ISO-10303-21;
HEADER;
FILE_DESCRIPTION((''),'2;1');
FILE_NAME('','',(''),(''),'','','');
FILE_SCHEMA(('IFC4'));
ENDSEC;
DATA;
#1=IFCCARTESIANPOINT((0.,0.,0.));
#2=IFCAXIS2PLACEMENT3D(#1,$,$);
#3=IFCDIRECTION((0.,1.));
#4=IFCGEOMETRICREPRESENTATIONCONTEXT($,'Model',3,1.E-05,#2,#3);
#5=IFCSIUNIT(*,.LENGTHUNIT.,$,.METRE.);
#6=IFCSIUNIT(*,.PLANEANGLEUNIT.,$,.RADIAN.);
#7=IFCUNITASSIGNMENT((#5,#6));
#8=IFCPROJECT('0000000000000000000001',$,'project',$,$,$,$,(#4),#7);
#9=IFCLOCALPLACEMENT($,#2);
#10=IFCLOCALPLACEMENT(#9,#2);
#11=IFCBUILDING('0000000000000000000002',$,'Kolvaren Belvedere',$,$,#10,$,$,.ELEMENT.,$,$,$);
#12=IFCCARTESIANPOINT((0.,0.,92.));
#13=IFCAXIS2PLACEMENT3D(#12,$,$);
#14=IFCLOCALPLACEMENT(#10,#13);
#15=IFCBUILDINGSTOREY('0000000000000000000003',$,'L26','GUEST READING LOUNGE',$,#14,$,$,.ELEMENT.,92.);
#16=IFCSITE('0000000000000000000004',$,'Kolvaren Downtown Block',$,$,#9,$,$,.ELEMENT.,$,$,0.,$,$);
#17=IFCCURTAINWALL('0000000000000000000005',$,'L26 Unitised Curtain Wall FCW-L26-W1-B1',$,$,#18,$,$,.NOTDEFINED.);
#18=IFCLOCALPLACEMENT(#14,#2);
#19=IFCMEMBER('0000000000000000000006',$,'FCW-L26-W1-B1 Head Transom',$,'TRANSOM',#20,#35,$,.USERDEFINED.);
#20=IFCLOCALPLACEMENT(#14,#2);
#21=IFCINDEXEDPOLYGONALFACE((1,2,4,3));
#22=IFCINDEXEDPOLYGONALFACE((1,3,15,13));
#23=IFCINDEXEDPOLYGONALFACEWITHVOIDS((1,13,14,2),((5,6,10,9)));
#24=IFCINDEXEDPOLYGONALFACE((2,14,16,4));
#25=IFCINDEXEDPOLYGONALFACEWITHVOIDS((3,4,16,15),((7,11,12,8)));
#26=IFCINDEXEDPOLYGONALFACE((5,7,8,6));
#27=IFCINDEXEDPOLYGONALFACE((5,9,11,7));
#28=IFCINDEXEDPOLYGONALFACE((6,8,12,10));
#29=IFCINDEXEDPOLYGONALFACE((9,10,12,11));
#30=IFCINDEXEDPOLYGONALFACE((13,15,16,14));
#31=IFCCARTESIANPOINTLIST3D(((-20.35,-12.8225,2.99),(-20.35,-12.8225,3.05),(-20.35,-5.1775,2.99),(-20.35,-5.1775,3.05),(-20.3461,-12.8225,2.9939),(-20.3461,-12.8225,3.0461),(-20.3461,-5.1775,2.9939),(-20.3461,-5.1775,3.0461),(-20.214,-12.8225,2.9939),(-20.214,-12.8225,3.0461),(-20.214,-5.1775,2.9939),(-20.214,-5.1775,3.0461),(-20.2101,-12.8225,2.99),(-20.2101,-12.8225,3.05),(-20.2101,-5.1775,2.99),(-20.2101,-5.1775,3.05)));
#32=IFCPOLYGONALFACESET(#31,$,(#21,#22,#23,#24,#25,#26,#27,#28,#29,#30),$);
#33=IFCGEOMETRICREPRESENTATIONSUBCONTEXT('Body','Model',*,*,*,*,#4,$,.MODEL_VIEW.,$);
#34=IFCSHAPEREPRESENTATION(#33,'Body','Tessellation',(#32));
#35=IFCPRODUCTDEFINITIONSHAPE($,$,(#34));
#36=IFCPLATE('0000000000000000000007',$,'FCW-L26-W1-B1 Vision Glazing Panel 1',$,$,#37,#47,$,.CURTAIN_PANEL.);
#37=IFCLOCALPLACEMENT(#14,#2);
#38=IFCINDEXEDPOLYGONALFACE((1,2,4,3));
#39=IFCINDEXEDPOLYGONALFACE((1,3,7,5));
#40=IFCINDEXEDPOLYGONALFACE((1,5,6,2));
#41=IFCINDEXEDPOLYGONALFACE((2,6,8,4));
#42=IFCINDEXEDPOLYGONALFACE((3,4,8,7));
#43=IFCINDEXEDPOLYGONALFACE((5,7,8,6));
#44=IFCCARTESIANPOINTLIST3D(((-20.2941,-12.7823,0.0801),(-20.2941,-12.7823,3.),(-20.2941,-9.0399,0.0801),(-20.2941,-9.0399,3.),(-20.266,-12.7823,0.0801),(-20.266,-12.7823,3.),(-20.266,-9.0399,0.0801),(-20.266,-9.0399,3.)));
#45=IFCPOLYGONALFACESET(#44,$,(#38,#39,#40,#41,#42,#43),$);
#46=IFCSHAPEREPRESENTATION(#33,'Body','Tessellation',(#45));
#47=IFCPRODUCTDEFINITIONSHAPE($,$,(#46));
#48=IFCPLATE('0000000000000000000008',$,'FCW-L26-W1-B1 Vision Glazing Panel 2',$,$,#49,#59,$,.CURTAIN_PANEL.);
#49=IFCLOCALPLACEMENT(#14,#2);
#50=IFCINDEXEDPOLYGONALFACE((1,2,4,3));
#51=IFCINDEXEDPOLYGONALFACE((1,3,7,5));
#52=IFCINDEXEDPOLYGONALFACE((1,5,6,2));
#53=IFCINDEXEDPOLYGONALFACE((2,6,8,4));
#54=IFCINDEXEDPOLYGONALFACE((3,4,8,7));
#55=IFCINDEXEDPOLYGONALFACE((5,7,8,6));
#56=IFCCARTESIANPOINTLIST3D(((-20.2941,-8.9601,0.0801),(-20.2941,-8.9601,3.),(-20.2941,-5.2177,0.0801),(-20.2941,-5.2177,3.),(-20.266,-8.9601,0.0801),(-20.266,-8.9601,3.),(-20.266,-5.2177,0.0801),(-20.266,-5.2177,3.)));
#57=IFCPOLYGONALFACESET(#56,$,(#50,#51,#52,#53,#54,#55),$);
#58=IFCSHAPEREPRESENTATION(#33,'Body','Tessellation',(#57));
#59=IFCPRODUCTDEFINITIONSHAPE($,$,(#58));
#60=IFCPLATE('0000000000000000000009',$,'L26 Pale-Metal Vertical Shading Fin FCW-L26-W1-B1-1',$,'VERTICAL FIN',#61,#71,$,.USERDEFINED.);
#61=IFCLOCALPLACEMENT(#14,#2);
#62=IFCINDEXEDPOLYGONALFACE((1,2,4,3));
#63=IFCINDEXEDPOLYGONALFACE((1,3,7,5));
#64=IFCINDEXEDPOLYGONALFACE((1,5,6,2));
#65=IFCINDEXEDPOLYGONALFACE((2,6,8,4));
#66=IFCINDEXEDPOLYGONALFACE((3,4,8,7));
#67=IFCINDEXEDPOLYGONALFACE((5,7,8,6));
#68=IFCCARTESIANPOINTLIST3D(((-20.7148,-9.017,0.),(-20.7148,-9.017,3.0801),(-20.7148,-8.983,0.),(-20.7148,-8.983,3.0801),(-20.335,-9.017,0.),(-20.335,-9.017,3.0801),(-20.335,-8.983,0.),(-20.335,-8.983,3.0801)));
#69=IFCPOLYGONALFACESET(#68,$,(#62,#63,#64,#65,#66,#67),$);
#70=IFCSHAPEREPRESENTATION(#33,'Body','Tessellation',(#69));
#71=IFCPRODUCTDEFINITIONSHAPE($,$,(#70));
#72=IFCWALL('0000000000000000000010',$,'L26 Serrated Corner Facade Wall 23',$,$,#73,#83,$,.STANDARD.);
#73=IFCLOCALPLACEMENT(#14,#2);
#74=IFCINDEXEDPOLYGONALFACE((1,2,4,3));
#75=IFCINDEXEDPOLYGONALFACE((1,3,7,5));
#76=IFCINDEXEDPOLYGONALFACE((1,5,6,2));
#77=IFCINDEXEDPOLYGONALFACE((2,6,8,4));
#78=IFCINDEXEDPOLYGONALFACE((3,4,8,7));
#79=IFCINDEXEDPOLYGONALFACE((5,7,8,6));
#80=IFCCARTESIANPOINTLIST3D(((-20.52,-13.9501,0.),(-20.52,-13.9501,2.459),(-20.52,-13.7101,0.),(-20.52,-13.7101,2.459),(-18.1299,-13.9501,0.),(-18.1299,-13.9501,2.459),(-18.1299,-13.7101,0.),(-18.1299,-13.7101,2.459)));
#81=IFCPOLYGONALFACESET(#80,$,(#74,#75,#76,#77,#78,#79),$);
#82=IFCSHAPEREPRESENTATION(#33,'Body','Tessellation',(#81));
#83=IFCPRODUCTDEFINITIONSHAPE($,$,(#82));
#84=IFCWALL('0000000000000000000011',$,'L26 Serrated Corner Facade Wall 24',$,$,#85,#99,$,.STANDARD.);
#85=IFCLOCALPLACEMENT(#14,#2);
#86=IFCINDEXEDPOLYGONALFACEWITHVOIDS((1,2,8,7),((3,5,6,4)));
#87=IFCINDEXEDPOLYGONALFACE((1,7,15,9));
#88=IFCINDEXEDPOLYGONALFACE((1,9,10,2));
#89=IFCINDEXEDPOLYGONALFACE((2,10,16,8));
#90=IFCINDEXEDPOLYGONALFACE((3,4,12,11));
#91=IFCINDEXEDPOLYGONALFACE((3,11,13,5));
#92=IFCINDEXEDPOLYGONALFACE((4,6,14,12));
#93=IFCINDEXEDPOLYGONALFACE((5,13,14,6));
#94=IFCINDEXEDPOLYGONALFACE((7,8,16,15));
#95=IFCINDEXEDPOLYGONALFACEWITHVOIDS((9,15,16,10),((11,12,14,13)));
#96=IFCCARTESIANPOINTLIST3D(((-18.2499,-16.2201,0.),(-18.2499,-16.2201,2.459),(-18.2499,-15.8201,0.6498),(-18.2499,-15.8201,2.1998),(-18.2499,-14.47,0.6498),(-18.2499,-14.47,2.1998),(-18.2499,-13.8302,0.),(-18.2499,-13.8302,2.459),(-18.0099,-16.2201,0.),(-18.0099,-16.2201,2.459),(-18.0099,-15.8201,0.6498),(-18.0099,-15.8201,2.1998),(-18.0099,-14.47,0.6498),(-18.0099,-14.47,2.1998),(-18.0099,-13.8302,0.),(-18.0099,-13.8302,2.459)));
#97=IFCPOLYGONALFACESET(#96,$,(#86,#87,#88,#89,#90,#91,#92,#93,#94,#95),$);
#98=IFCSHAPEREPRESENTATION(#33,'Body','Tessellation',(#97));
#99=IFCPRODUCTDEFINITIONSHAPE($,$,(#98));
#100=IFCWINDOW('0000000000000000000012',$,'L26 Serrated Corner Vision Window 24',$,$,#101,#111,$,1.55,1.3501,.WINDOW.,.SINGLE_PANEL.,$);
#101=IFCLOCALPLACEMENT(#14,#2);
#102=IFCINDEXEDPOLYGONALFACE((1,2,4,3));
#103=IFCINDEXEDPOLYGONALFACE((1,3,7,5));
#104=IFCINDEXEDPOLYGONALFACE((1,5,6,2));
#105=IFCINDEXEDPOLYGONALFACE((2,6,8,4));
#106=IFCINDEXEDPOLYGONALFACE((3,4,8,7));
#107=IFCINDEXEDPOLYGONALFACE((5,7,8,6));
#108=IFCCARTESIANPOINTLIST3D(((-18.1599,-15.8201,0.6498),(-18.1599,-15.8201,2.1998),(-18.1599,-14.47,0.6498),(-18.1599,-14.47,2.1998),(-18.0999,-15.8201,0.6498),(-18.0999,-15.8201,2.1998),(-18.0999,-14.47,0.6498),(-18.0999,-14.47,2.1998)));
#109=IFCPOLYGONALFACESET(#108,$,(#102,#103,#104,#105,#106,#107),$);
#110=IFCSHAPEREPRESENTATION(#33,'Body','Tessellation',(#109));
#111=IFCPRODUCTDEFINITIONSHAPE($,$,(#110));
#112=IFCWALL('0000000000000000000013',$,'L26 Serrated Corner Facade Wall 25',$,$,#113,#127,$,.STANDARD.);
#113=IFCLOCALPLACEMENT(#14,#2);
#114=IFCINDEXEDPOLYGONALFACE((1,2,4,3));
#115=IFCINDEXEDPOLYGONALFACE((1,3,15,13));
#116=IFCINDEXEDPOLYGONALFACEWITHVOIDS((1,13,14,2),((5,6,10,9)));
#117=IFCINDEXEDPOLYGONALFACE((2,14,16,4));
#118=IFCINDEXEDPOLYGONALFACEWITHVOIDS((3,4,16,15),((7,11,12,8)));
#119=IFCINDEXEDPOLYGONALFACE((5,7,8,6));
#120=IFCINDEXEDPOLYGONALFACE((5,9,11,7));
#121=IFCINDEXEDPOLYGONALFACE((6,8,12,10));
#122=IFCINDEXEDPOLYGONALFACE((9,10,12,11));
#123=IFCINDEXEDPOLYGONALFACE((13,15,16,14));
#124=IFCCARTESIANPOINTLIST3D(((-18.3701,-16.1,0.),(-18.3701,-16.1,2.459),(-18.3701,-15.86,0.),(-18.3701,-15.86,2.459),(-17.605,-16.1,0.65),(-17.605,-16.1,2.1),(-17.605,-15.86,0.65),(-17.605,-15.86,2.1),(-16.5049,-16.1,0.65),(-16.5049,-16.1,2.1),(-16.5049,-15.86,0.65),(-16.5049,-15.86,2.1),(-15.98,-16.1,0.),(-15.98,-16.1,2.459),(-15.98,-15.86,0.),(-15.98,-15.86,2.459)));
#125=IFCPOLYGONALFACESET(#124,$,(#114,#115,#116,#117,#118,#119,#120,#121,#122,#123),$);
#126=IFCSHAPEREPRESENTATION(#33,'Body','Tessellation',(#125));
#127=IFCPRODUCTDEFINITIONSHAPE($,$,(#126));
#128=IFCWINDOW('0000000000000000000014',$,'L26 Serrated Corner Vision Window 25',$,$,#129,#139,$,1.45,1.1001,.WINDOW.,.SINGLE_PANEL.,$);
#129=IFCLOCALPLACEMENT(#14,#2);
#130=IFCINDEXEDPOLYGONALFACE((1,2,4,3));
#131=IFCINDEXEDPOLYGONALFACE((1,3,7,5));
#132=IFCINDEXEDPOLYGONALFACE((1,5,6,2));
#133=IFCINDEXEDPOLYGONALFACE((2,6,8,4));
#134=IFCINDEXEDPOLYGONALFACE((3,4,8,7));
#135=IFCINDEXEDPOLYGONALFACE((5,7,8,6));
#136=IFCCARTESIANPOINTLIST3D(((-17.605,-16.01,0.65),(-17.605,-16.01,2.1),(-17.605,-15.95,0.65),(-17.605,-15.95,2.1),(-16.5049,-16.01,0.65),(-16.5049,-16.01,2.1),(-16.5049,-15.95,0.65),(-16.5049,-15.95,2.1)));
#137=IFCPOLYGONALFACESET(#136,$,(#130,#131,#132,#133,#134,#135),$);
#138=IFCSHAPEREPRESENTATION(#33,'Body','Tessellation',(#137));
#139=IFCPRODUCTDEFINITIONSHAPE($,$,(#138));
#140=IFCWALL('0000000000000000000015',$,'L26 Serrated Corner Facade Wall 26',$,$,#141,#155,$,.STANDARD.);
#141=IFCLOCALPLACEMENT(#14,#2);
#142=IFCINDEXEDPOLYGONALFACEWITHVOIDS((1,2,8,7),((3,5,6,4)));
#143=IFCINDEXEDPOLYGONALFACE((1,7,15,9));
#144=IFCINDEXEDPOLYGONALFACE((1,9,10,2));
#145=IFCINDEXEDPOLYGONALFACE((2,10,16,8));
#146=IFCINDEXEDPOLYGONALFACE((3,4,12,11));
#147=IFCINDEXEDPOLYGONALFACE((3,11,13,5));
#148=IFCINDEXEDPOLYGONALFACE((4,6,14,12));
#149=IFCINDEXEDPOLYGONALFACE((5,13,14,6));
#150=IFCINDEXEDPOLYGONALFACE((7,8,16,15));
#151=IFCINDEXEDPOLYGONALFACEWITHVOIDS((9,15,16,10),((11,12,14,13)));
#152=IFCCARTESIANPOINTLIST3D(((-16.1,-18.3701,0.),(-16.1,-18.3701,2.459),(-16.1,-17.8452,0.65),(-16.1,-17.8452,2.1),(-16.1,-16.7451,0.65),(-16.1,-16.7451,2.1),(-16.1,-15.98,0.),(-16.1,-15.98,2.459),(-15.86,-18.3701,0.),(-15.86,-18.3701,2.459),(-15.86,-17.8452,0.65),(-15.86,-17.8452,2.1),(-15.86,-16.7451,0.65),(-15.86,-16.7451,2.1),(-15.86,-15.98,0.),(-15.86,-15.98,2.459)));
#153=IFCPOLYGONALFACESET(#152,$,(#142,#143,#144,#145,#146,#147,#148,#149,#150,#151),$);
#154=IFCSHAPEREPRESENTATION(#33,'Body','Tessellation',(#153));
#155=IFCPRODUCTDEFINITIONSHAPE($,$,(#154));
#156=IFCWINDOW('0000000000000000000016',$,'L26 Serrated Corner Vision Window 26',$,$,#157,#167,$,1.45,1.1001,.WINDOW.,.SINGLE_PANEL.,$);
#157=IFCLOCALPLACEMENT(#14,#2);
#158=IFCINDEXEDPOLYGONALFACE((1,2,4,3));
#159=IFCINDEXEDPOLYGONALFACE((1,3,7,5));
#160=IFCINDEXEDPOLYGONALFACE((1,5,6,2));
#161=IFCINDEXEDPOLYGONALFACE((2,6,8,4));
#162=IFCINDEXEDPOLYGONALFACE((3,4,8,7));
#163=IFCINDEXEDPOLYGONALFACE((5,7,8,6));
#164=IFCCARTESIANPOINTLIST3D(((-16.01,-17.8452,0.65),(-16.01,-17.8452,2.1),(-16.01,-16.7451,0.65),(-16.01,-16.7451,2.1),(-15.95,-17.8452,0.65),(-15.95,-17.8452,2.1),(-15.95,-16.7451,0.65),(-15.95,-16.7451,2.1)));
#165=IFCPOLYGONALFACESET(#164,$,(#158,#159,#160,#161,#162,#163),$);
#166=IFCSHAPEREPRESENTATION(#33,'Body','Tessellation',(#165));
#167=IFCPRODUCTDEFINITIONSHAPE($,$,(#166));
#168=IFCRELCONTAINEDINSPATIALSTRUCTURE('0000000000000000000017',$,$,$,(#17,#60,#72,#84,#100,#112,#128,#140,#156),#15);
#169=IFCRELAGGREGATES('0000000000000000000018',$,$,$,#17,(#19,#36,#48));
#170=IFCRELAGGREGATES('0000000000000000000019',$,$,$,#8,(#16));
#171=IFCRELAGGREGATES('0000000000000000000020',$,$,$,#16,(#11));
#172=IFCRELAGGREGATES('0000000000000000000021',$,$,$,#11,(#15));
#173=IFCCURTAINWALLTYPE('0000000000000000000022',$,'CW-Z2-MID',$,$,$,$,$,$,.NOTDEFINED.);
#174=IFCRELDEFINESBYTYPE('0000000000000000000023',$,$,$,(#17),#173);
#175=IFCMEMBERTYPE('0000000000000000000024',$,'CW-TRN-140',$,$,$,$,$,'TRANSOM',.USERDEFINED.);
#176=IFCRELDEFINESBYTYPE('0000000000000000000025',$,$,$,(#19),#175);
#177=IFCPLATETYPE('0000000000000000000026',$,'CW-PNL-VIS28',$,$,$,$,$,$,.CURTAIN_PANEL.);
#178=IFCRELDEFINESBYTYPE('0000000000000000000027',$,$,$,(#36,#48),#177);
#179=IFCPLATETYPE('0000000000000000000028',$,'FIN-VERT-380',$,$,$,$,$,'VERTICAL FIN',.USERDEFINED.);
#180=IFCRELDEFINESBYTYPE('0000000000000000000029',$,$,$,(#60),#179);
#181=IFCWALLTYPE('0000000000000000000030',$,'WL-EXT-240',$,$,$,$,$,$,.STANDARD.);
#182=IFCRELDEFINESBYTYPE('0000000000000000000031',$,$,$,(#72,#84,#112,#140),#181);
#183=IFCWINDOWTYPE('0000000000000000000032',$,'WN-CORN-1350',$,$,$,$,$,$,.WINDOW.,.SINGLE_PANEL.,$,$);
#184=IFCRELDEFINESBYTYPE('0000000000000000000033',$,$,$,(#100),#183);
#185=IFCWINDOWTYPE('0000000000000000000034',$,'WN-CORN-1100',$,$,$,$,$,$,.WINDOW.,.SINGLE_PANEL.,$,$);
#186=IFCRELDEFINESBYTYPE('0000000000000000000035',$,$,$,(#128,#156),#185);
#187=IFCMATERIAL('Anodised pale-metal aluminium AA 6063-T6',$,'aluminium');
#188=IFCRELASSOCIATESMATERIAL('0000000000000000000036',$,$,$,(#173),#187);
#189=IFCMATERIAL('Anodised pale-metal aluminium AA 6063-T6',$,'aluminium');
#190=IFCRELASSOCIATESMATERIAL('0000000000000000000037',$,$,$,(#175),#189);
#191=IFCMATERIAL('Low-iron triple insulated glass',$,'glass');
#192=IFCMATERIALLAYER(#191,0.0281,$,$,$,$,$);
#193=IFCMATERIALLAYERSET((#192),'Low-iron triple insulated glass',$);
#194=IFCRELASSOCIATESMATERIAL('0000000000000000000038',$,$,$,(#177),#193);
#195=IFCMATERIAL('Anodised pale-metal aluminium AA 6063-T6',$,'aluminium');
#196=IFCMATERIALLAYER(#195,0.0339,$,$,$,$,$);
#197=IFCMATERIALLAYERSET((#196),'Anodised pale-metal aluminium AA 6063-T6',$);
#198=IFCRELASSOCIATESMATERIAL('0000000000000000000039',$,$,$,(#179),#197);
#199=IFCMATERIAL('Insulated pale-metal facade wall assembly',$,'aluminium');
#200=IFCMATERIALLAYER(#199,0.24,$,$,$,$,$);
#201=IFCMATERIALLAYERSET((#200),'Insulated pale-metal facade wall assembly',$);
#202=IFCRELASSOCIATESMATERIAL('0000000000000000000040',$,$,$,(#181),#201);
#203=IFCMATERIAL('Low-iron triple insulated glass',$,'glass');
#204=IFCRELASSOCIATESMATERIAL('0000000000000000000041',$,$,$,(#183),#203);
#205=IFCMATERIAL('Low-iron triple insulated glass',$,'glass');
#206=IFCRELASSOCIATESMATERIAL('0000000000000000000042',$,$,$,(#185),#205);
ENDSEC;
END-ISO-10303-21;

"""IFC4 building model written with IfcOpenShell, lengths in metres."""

from ifc_helpers import new_model, si_unit, direction, frame, frame_2d, origin, origin_2d, place, context, subcontext, project, spatial, rectangle, hollow_rectangle, extrude, material, layer, layer_set, material_profile, profile_set, type_object, element, fill, aggregate, save


model = new_model("IFC4")

# Units and contexts
model_context = context("Model", 3, precision=1e-05, world=origin(), true_north=direction((0.0, 1.0)))
body_context = subcontext(model_context, "Body", "Model", "MODEL_VIEW")
ifc_project = project(units=[si_unit("LENGTHUNIT", "METRE"), si_unit("PLANEANGLEUNIT", "RADIAN")], contexts=[model_context])

# Site, building, storey
site_placement = place(None, origin())
site = spatial("IfcSite", under=ifc_project, at=site_placement, Name="Kolvaren Downtown Block", CompositionType="ELEMENT", RefElevation=0.0)
building_placement = place(site_placement, origin())
building = spatial("IfcBuilding", under=site, at=building_placement, Name="Kolvaren Belvedere", CompositionType="ELEMENT")
storey_placement = place(building_placement, frame((0.0, 0.0, 92.0)))
storey = spatial("IfcBuildingStorey", under=building, at=storey_placement, Name="L26", Description="GUEST READING LOUNGE", CompositionType="ELEMENT", Elevation=92.0)

# Shared definitions
ifc_material_1 = material(Name="Anodised pale-metal aluminium AA 6063-T6", Category="aluminium")
curtain_wall_type = type_object("IfcCurtainWallType", Name="CW-Z2-MID", PredefinedType="NOTDEFINED", material=ifc_material_1)

# Curtain wall, member, plates
curtain_wall_1_placement = place(storey_placement, origin())
curtain_wall_1 = element("IfcCurtainWall", 1, at=curtain_wall_1_placement, inside=storey, type_object=curtain_wall_type, Name="L26 Unitised Curtain Wall FCW-L26-W1-B1", PredefinedType="NOTDEFINED")
ifc_material_2 = material(Name="Anodised pale-metal aluminium AA 6063-T6", Category="aluminium")
ifc_material_profile_1 = material_profile(ifc_material_2, hollow_rectangle(XDim=0.0601, YDim=0.1399, WallThickness=0.0039, at=origin_2d()), Name="ALU-TRN-140X60")
ifc_profile_set_1 = profile_set([ifc_material_profile_1], Name="Anodised pale-metal aluminium AA 6063-T6")
member_type_1 = type_object("IfcMemberType", Name="CW-TRN-140", ElementType="TRANSOM", PredefinedType="USERDEFINED", material=ifc_profile_set_1)
member_1_placement = place(storey_placement, frame((-20.28, -12.8225, 3.02), z_axis=(0.0, 1.0, 0.0), x_axis=(0.0, 0.0, 1.0)))
member_1 = element("IfcMember", 2, at=member_1_placement, type_object=member_type_1, Name="FCW-L26-W1-B1 Head Transom", ObjectType="TRANSOM", PredefinedType="USERDEFINED", context=body_context, shape_type="SweptSolid", body=[
    extrude(hollow_rectangle(XDim=0.0601, YDim=0.1399, WallThickness=0.0039, at=origin_2d()), origin(), (0.0, 0.0, 1.0), 7.645),
])
ifc_material_3 = material(Name="Low-iron triple insulated glass", Category="glass")
ifc_layer_1 = layer(ifc_material_3, 0.0281)
ifc_layer_set_1 = layer_set([ifc_layer_1], Name="Low-iron triple insulated glass")
plate_type_1 = type_object("IfcPlateType", Name="CW-PNL-VIS28", PredefinedType="CURTAIN_PANEL", material=ifc_layer_set_1)
plate_1_placement = place(storey_placement, frame((-20.28, -10.9111, 0.0801), z_axis=(0.0, 0.0, 1.0), x_axis=(0.0, 1.0, 0.0)))
plate_1 = element("IfcPlate", 3, at=plate_1_placement, type_object=plate_type_1, Name="FCW-L26-W1-B1 Vision Glazing Panel 1", PredefinedType="CURTAIN_PANEL", context=body_context, shape_type="SweptSolid", body=[
    extrude(rectangle(XDim=3.7424, YDim=0.0281, at=origin_2d()), origin(), (0.0, 0.0, 1.0), 2.9199),
])
plate_2_placement = place(storey_placement, frame((-20.28, -7.0889, 0.0801), z_axis=(0.0, 0.0, 1.0), x_axis=(0.0, 1.0, 0.0)))
plate_2 = element("IfcPlate", 4, at=plate_2_placement, type_object=plate_type_1, Name="FCW-L26-W1-B1 Vision Glazing Panel 2", PredefinedType="CURTAIN_PANEL", context=body_context, shape_type="SweptSolid", body=[
    extrude(rectangle(XDim=3.7424, YDim=0.0281, at=origin_2d()), origin(), (0.0, 0.0, 1.0), 2.9199),
])
aggregate(curtain_wall_1, [member_1, plate_1, plate_2])

# Plate
ifc_material_4 = material(Name="Anodised pale-metal aluminium AA 6063-T6", Category="aluminium")
ifc_layer_2 = layer(ifc_material_4, 0.0339)
ifc_layer_set_2 = layer_set([ifc_layer_2], Name="Anodised pale-metal aluminium AA 6063-T6")
plate_type_2 = type_object("IfcPlateType", Name="FIN-VERT-380", ElementType="VERTICAL FIN", PredefinedType="USERDEFINED", material=ifc_layer_set_2)
plate_3_placement = place(storey_placement, frame((-20.5249, -9.0, 0.0), z_axis=(0.0, 0.0, 1.0), x_axis=(1.0, 0.0, 0.0)))
element("IfcPlate", 5, at=plate_3_placement, inside=storey, type_object=plate_type_2, Name="L26 Pale-Metal Vertical Shading Fin FCW-L26-W1-B1-1", ObjectType="VERTICAL FIN", PredefinedType="USERDEFINED", context=body_context, shape_type="SweptSolid", body=[
    extrude(rectangle(XDim=0.3799, YDim=0.0339, at=origin_2d()), origin(), (0.0, 0.0, 1.0), 3.0801),
])

# Wall
ifc_material_5 = material(Name="Insulated pale-metal facade wall assembly", Category="aluminium")
ifc_layer_3 = layer(ifc_material_5, 0.24)
ifc_layer_set_3 = layer_set([ifc_layer_3], Name="Insulated pale-metal facade wall assembly")
wall_type_1 = type_object("IfcWallType", Name="WL-EXT-240", PredefinedType="STANDARD", material=ifc_layer_set_3)
wall_1_placement = place(storey_placement, frame((-18.1299, -13.8301, 0.0), z_axis=(0.0, 0.0, 1.0), x_axis=(-1.0, 0.0, 0.0)))
element("IfcWall", 6, at=wall_1_placement, inside=storey, type_object=wall_type_1, Name="L26 Serrated Corner Facade Wall 23", PredefinedType="STANDARD", context=body_context, shape_type="SweptSolid", body=[
    extrude(rectangle(XDim=2.3901, YDim=0.24, at=frame_2d((1.1951, 0.0))), origin(), (0.0, 0.0, 1.0), 2.459),
])

# Walls, openings, windows
wall_2_placement = place(storey_placement, frame((-18.1299, -16.22, 0.0), z_axis=(0.0, 0.0, 1.0), x_axis=(0.0, 1.0, 0.0)))
wall_2 = element("IfcWall", 7, at=wall_2_placement, inside=storey, type_object=wall_type_1, Name="L26 Serrated Corner Facade Wall 24", PredefinedType="STANDARD", context=body_context, shape_type="SweptSolid", body=[
    extrude(rectangle(XDim=2.3899, YDim=0.24, at=frame_2d((1.1948, 0.0))), origin(), (0.0, 0.0, 1.0), 2.459),
])
opening_1_placement = place(wall_2_placement, frame((0.3999, 0.0, 0.6499)))
opening_1 = element("IfcOpeningElement", 8, at=opening_1_placement, cuts=wall_2, PredefinedType="OPENING", context=body_context, shape_type="SweptSolid", body=[
    extrude(rectangle(XDim=1.3501, YDim=1.55, at=frame_2d((0.675, 0.7749))), frame((0.0, 0.1299, 0.0), z_axis=(0.0, -1.0, 0.0), x_axis=(1.0, 0.0, 0.0)), (0.0, 0.0, 1.0), 0.26),
])
ifc_material_6 = material(Name="Low-iron triple insulated glass", Category="glass")
window_type_1 = type_object("IfcWindowType", Name="WN-CORN-1350", PartitioningType="SINGLE_PANEL", PredefinedType="WINDOW", material=ifc_material_6)
window_1_placement = place(opening_1_placement, origin())
window_1 = element("IfcWindow", 9, at=window_1_placement, inside=storey, type_object=window_type_1, Name="L26 Serrated Corner Vision Window 24", OverallHeight=1.55, OverallWidth=1.3501, PartitioningType="SINGLE_PANEL", PredefinedType="WINDOW", context=body_context, shape_type="SweptSolid", body=[
    extrude(rectangle(XDim=1.3501, YDim=1.55, at=frame_2d((0.675, 0.7749))), frame((0.0, 0.03, 0.0), z_axis=(0.0, -1.0, 0.0), x_axis=(1.0, 0.0, 0.0)), (0.0, 0.0, 1.0), 0.0601),
])
fill(opening_1, window_1)
wall_3_placement = place(storey_placement, frame((-15.98, -15.98, 0.0), z_axis=(0.0, 0.0, 1.0), x_axis=(-1.0, 0.0, 0.0)))
wall_3 = element("IfcWall", 10, at=wall_3_placement, inside=storey, type_object=wall_type_1, Name="L26 Serrated Corner Facade Wall 25", PredefinedType="STANDARD", context=body_context, shape_type="SweptSolid", body=[
    extrude(rectangle(XDim=2.3901, YDim=0.24, at=frame_2d((1.1951, 0.0))), origin(), (0.0, 0.0, 1.0), 2.459),
])
opening_2_placement = place(wall_3_placement, frame((0.5249, 0.0, 0.6499)))
opening_2 = element("IfcOpeningElement", 11, at=opening_2_placement, cuts=wall_3, PredefinedType="OPENING", context=body_context, shape_type="SweptSolid", body=[
    extrude(rectangle(XDim=1.1001, YDim=1.45, at=frame_2d((0.55, 0.7251))), frame((0.0, 0.1299, 0.0), z_axis=(0.0, -1.0, 0.0), x_axis=(1.0, 0.0, 0.0)), (0.0, 0.0, 1.0), 0.26),
])
ifc_material_7 = material(Name="Low-iron triple insulated glass", Category="glass")
window_type_2 = type_object("IfcWindowType", Name="WN-CORN-1100", PartitioningType="SINGLE_PANEL", PredefinedType="WINDOW", material=ifc_material_7)
window_2_placement = place(opening_2_placement, origin())
window_2 = element("IfcWindow", 12, at=window_2_placement, inside=storey, type_object=window_type_2, Name="L26 Serrated Corner Vision Window 25", OverallHeight=1.45, OverallWidth=1.1001, PartitioningType="SINGLE_PANEL", PredefinedType="WINDOW", context=body_context, shape_type="SweptSolid", body=[
    extrude(rectangle(XDim=1.1001, YDim=1.45, at=frame_2d((0.55, 0.7251))), frame((0.0, 0.03, 0.0), z_axis=(0.0, -1.0, 0.0), x_axis=(1.0, 0.0, 0.0)), (0.0, 0.0, 1.0), 0.0601),
])
fill(opening_2, window_2)
wall_4_placement = place(storey_placement, frame((-15.98, -18.3701, 0.0), z_axis=(0.0, 0.0, 1.0), x_axis=(0.0, 1.0, 0.0)))
wall_4 = element("IfcWall", 13, at=wall_4_placement, inside=storey, type_object=wall_type_1, Name="L26 Serrated Corner Facade Wall 26", PredefinedType="STANDARD", context=body_context, shape_type="SweptSolid", body=[
    extrude(rectangle(XDim=2.3901, YDim=0.24, at=frame_2d((1.1951, 0.0))), origin(), (0.0, 0.0, 1.0), 2.459),
])
opening_3_placement = place(wall_4_placement, frame((0.5249, 0.0, 0.6499)))
opening_3 = element("IfcOpeningElement", 14, at=opening_3_placement, cuts=wall_4, PredefinedType="OPENING", context=body_context, shape_type="SweptSolid", body=[
    extrude(rectangle(XDim=1.1001, YDim=1.45, at=frame_2d((0.55, 0.7251))), frame((0.0, 0.1299, 0.0), z_axis=(0.0, -1.0, 0.0), x_axis=(1.0, 0.0, 0.0)), (0.0, 0.0, 1.0), 0.26),
])
window_3_placement = place(opening_3_placement, origin())
window_3 = element("IfcWindow", 15, at=window_3_placement, inside=storey, type_object=window_type_2, Name="L26 Serrated Corner Vision Window 26", OverallHeight=1.45, OverallWidth=1.1001, PartitioningType="SINGLE_PANEL", PredefinedType="WINDOW", context=body_context, shape_type="SweptSolid", body=[
    extrude(rectangle(XDim=1.1001, YDim=1.45, at=frame_2d((0.55, 0.7251))), frame((0.0, 0.03, 0.0), z_axis=(0.0, -1.0, 0.0), x_axis=(1.0, 0.0, 0.0)), (0.0, 0.0, 1.0), 0.0601),
])
fill(opening_3, window_3)

save(model, "model.ifc")
